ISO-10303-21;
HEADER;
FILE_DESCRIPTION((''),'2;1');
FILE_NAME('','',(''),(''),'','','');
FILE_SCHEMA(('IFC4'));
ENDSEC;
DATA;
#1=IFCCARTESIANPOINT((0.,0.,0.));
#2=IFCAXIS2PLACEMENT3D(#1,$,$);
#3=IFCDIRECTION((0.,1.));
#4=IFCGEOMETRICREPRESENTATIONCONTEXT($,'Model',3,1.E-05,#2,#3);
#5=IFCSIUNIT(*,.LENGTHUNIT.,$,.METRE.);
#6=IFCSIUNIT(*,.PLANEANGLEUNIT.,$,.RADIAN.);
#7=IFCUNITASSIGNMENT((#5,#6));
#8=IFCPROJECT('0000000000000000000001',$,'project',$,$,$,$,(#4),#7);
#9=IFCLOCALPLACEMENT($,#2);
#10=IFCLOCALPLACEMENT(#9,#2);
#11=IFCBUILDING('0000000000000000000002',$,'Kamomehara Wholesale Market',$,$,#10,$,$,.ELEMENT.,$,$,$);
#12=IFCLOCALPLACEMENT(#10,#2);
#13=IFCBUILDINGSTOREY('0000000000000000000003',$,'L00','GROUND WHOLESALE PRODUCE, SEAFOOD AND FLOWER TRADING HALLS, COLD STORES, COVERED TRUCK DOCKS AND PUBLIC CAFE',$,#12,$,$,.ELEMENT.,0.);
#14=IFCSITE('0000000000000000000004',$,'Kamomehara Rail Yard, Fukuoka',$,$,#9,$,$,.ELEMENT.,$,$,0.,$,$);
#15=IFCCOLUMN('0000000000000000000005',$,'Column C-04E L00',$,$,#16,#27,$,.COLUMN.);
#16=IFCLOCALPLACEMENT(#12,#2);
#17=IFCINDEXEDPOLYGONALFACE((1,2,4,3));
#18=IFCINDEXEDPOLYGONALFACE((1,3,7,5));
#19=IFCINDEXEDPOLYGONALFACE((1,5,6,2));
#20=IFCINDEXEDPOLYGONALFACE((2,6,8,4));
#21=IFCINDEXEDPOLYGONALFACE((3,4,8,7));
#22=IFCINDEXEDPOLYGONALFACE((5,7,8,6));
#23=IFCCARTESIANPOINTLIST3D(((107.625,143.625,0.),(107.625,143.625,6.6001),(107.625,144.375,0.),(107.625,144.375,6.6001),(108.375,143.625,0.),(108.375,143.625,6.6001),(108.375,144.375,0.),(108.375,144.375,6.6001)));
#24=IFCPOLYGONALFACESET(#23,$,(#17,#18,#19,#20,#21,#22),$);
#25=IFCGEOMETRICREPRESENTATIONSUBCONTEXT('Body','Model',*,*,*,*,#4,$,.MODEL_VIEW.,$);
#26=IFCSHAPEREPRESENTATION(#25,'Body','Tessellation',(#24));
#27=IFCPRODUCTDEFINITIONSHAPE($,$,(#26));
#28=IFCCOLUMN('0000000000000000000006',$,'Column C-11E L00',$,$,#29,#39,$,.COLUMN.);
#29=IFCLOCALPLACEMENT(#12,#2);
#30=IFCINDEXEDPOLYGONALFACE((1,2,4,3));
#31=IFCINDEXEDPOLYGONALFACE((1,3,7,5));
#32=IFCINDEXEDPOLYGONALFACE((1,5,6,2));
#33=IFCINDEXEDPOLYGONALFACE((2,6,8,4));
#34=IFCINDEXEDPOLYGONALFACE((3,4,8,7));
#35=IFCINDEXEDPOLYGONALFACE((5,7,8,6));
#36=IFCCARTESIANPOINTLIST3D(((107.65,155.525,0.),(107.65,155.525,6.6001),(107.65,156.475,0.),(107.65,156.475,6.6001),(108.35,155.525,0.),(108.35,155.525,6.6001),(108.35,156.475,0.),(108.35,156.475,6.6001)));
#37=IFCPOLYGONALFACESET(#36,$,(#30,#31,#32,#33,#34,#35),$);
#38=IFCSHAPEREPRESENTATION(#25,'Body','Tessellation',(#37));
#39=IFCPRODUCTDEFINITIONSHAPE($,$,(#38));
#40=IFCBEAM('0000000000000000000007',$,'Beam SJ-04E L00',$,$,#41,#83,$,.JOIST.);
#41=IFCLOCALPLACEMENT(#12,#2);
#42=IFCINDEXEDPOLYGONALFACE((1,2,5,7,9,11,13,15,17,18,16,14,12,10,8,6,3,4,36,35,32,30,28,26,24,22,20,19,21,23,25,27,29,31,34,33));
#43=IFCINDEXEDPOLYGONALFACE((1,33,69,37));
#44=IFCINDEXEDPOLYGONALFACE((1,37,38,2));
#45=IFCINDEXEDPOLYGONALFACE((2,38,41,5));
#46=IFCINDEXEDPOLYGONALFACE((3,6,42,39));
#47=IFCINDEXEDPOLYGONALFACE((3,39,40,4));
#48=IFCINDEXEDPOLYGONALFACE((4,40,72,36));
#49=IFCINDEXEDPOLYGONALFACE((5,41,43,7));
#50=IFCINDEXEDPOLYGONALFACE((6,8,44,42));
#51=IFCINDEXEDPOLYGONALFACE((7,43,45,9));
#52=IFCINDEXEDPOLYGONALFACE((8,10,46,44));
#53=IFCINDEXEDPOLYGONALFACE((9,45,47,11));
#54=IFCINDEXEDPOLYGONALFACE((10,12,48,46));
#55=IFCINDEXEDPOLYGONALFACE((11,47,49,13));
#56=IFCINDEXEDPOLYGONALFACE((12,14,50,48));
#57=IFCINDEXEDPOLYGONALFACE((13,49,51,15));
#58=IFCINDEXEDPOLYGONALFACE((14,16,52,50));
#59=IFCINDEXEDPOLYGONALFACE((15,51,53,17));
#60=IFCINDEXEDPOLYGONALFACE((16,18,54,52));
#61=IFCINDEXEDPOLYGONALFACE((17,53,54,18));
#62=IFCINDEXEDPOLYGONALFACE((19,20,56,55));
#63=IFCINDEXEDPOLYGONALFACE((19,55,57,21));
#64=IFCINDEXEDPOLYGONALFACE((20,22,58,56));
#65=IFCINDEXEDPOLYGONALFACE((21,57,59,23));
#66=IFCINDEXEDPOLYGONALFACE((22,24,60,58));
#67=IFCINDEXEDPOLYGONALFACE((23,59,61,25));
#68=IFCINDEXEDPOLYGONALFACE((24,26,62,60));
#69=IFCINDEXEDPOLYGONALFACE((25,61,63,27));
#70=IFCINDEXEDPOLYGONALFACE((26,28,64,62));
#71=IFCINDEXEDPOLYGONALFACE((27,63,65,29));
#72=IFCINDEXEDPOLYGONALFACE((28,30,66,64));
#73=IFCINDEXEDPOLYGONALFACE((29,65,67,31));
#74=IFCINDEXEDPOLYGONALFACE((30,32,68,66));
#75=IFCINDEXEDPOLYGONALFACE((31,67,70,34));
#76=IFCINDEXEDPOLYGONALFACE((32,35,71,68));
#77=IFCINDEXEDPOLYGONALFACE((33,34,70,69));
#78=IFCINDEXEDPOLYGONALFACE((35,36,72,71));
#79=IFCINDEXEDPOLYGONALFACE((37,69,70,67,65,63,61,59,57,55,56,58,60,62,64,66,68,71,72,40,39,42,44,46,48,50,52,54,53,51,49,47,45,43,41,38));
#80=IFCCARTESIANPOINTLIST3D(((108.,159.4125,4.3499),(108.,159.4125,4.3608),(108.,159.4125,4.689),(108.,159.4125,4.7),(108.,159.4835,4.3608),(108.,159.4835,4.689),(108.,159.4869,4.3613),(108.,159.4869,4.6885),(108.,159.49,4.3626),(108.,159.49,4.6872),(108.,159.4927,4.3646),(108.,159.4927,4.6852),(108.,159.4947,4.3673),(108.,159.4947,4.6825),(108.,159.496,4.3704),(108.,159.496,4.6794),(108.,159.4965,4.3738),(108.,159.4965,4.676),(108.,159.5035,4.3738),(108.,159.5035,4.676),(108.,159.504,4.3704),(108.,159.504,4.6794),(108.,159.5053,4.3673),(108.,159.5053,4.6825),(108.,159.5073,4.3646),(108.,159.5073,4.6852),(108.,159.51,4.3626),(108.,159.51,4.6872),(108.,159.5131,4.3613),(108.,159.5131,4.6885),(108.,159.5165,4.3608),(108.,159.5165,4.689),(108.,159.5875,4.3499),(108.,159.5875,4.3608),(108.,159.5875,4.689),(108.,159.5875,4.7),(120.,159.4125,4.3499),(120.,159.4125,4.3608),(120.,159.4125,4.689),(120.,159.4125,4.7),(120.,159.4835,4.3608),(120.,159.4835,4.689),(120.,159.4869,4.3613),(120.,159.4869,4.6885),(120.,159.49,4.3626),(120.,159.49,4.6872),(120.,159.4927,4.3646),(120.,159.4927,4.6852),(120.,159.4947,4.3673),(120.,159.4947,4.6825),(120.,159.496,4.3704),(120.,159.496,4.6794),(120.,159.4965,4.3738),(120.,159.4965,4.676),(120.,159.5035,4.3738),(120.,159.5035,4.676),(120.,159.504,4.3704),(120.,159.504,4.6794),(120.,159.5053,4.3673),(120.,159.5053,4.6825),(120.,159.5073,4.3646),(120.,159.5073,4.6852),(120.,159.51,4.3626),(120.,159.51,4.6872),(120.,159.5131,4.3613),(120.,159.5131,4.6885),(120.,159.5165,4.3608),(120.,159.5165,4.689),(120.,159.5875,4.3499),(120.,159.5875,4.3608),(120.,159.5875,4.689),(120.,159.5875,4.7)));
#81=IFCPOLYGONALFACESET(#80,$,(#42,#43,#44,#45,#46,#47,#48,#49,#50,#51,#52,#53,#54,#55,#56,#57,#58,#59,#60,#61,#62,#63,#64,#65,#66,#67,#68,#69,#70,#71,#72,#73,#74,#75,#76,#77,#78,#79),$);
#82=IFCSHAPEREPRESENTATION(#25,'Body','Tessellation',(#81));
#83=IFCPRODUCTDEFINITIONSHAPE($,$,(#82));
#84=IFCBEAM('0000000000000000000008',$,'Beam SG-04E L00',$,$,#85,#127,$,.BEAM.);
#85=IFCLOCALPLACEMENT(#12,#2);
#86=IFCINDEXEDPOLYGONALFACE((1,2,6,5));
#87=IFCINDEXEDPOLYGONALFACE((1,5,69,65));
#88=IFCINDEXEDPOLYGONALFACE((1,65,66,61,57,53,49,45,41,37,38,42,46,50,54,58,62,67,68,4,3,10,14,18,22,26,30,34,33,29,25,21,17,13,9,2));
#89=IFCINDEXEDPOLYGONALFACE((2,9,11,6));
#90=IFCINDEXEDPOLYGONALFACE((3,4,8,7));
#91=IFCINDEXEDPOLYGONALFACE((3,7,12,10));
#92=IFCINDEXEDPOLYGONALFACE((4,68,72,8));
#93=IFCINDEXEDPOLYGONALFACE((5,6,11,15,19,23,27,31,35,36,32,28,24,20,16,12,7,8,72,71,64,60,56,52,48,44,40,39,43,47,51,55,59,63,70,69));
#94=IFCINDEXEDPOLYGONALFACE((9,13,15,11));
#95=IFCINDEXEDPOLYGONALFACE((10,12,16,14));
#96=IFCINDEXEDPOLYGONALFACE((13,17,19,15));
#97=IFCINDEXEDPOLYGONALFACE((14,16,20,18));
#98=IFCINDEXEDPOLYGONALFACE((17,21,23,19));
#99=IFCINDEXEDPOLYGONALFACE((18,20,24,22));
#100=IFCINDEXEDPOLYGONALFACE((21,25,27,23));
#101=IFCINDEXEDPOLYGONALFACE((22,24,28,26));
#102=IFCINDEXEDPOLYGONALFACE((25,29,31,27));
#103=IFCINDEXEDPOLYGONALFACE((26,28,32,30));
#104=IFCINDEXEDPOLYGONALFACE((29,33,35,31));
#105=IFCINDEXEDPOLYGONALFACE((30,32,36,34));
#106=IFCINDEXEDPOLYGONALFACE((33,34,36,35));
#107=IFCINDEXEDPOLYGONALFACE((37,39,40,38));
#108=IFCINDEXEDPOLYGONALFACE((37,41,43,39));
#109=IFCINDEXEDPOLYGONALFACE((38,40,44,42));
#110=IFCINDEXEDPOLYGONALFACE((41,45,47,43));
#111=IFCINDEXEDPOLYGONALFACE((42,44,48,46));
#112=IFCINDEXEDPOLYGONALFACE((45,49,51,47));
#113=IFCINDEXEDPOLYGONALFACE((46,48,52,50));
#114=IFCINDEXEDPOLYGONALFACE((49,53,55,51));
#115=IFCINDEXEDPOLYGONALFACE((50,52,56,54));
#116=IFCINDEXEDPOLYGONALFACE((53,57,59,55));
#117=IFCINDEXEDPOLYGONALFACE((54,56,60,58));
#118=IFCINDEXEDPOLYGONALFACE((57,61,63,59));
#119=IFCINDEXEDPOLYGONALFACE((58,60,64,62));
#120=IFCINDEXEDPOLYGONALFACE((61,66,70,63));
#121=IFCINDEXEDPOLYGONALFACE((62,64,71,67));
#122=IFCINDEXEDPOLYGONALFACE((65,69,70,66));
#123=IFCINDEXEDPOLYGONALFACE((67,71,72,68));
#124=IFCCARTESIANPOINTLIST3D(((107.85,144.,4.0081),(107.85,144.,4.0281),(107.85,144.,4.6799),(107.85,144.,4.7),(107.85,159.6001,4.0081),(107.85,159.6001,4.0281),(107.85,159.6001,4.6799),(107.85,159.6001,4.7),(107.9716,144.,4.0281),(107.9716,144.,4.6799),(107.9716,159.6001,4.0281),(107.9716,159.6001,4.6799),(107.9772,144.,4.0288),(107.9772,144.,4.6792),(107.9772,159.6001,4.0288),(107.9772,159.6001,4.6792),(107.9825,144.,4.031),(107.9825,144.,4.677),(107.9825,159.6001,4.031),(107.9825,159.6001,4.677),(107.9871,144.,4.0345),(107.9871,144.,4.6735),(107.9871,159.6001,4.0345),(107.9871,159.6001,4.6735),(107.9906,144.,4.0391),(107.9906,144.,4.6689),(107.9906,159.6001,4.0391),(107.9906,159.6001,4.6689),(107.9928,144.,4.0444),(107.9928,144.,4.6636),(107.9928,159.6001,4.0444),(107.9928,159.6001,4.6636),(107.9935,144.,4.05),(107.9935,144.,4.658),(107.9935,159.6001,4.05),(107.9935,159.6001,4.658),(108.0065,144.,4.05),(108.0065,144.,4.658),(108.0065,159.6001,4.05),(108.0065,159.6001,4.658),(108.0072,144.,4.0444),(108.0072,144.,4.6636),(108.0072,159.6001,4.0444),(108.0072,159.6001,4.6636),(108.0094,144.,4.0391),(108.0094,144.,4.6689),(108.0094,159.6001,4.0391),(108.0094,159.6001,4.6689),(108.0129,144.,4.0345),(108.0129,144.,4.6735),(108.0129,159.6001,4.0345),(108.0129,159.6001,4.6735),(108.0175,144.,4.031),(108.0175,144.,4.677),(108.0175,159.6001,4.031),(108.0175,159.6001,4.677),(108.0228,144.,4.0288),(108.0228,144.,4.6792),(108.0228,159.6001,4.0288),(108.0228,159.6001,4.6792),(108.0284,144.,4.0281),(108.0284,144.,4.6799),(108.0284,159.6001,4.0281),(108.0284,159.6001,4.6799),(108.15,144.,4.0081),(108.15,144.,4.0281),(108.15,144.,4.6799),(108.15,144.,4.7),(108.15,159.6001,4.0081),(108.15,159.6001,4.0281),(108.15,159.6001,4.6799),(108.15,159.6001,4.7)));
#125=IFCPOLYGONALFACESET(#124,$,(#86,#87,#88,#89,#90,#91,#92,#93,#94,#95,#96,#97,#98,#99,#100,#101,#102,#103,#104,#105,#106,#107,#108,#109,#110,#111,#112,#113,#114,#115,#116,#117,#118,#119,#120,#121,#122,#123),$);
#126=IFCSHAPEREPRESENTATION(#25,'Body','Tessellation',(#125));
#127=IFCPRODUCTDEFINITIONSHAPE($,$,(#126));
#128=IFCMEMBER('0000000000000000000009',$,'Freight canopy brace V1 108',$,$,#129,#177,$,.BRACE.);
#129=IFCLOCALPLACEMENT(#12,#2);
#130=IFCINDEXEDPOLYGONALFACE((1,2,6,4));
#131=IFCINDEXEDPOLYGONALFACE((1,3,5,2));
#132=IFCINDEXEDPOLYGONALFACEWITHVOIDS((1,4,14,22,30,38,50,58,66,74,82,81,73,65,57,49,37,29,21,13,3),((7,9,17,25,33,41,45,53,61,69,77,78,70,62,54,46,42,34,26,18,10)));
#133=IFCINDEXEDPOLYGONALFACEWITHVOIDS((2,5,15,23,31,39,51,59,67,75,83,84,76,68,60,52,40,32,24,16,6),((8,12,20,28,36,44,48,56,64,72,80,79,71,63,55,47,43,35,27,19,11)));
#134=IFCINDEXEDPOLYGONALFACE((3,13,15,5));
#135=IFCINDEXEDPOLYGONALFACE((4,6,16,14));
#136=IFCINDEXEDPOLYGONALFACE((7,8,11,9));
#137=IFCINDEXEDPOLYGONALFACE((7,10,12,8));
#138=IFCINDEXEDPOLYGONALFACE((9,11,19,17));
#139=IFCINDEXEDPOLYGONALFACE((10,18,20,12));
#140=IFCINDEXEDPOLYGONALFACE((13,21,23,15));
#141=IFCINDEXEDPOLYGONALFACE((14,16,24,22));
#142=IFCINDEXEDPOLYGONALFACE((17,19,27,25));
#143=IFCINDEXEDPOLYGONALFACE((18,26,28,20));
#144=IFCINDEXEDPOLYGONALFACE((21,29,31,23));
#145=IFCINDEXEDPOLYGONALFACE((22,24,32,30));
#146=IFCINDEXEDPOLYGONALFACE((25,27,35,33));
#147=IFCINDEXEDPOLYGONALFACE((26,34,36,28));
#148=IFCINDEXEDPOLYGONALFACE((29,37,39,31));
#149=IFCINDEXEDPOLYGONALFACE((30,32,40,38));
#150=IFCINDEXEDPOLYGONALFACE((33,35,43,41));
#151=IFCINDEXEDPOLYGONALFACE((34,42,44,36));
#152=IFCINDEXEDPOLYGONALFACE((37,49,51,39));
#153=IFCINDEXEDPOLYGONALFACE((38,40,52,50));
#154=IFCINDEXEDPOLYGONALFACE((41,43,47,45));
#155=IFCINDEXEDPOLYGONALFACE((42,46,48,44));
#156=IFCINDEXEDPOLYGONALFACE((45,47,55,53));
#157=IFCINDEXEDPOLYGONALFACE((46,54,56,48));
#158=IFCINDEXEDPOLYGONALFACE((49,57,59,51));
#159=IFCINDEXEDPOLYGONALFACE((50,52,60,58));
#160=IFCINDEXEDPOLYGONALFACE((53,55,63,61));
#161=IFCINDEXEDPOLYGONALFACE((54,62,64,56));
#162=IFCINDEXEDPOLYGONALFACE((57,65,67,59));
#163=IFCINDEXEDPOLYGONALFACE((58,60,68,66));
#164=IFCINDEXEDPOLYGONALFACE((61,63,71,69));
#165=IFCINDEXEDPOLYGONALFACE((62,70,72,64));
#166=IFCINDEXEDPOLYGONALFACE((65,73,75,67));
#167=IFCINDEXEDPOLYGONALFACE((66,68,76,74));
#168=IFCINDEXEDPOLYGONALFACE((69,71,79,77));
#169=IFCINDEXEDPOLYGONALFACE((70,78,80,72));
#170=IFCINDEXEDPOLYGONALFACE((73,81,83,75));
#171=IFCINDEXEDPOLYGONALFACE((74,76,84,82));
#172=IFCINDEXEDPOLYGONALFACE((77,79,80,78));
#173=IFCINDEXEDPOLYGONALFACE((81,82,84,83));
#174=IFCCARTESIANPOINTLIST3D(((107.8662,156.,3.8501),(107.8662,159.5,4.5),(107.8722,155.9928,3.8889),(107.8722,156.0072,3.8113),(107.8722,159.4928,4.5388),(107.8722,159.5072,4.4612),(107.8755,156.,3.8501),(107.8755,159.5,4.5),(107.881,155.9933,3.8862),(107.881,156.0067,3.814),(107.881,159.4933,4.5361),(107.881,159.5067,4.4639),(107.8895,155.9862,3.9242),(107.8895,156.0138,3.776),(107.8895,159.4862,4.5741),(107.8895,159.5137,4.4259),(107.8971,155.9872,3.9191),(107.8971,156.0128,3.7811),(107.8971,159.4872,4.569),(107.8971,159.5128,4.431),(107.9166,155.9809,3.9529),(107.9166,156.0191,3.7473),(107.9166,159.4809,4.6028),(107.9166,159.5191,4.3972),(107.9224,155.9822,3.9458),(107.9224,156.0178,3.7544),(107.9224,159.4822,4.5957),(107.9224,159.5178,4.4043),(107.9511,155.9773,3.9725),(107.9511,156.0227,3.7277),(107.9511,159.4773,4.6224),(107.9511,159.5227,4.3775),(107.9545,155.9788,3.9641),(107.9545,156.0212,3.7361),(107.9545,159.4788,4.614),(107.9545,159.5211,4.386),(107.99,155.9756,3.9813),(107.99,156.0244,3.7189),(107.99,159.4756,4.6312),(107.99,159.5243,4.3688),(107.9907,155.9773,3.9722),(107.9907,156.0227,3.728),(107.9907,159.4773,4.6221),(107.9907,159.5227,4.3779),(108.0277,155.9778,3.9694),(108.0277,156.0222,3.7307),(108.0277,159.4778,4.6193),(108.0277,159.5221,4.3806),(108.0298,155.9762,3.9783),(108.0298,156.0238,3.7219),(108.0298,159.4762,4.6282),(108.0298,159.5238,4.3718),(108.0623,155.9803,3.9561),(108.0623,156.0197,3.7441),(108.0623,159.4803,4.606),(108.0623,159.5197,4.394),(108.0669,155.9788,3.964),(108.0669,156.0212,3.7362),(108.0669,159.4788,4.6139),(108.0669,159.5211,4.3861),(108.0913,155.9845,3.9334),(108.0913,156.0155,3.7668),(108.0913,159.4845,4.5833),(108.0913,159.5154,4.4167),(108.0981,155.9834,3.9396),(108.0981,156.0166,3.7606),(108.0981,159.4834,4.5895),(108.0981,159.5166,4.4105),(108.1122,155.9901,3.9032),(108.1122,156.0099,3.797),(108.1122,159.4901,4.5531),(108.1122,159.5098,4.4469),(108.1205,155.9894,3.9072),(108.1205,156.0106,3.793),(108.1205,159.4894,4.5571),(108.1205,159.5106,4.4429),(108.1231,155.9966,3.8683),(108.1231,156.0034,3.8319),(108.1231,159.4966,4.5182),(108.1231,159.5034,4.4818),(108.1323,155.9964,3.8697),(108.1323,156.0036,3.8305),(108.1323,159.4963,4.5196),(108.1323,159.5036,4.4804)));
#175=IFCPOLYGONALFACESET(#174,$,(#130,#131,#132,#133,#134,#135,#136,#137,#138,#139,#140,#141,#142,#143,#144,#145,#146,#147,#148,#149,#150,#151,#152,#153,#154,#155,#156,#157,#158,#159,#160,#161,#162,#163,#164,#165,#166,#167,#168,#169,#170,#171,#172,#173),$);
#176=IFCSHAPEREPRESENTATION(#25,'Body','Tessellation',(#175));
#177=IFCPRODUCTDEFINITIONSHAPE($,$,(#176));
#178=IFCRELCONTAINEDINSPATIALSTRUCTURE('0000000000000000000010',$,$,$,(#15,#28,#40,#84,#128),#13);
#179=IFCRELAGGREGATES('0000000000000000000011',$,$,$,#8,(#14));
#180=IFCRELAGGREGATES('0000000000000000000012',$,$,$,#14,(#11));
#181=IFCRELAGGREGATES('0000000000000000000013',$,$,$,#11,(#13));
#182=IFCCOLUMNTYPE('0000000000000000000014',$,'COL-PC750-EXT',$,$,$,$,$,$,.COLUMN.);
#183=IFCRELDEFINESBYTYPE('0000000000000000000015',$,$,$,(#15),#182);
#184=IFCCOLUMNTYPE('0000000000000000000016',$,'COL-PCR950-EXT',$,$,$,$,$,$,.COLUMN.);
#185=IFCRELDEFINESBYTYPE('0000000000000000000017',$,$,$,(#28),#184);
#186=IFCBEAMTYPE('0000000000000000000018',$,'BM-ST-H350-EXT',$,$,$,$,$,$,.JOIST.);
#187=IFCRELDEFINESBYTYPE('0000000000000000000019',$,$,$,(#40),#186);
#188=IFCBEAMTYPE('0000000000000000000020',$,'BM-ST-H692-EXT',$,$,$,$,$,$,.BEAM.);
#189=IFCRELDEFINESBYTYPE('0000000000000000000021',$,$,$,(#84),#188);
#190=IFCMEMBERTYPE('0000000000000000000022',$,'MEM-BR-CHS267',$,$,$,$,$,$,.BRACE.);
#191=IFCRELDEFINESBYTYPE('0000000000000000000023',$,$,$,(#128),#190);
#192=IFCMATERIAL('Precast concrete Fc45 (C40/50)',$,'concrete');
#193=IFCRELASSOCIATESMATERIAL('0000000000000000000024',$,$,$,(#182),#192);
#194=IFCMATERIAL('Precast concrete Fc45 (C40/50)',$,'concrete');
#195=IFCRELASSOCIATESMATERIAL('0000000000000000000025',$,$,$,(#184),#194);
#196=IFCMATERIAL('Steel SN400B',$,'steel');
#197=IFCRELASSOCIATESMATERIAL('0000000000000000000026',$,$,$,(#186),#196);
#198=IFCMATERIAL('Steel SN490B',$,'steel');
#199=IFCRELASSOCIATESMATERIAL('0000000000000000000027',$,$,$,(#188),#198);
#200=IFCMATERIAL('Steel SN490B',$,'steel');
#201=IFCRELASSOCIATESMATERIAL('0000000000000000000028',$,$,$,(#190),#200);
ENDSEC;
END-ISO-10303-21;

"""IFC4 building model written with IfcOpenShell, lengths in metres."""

from ifc_helpers import new_model, si_unit, direction, frame, origin, origin_2d, place, context, subcontext, project, spatial, rectangle, hollow_circle, i_section, extrude, material, material_profile, profile_set, type_object, element, save


model = new_model("IFC4")

# Units and contexts
model_context = context("Model", 3, precision=1e-05, world=origin(), true_north=direction((0.0, 1.0)))
body_context = subcontext(model_context, "Body", "Model", "MODEL_VIEW")
ifc_project = project(units=[si_unit("LENGTHUNIT", "METRE"), si_unit("PLANEANGLEUNIT", "RADIAN")], contexts=[model_context])

# Site, building, storey
site_placement = place(None, origin())
site = spatial("IfcSite", under=ifc_project, at=site_placement, Name="Kamomehara Rail Yard, Fukuoka", CompositionType="ELEMENT", RefElevation=0.0)
building_placement = place(site_placement, origin())
building = spatial("IfcBuilding", under=site, at=building_placement, Name="Kamomehara Wholesale Market", CompositionType="ELEMENT")
storey_placement = place(building_placement, origin())
storey = spatial("IfcBuildingStorey", under=building, at=storey_placement, Name="L00", Description="GROUND WHOLESALE PRODUCE, SEAFOOD AND FLOWER TRADING HALLS, COLD STORES, COVERED TRUCK DOCKS AND PUBLIC CAFE", CompositionType="ELEMENT", Elevation=0.0)

# Columns
ifc_material_1 = material(Name="Precast concrete Fc45 (C40/50)", Category="concrete")
ifc_material_profile_1 = material_profile(ifc_material_1, rectangle(XDim=0.75, YDim=0.75, at=origin_2d()), Name="PC-COL-750x750")
ifc_profile_set_1 = profile_set([ifc_material_profile_1], Name="Precast concrete Fc45 (C40/50)")
column_type_1 = type_object("IfcColumnType", Name="COL-PC750-EXT", PredefinedType="COLUMN", material=ifc_profile_set_1)
column_1_placement = place(storey_placement, frame((108.0, 144.0, 0.0), z_axis=(0.0, 0.0, 1.0), x_axis=(1.0, 0.0, 0.0)))
element("IfcColumn", 1, at=column_1_placement, inside=storey, type_object=column_type_1, Name="Column C-04E L00", PredefinedType="COLUMN", context=body_context, shape_type="SweptSolid", body=[
    extrude(rectangle(XDim=0.75, YDim=0.75, at=origin_2d()), origin(), (0.0, 0.0, 1.0), 6.6001),
])
ifc_material_2 = material(Name="Precast concrete Fc45 (C40/50)", Category="concrete")
ifc_material_profile_2 = material_profile(ifc_material_2, rectangle(XDim=0.7, YDim=0.95, at=origin_2d()), Name="PC-COL-700x950")
ifc_profile_set_2 = profile_set([ifc_material_profile_2], Name="Precast concrete Fc45 (C40/50)")
column_type_2 = type_object("IfcColumnType", Name="COL-PCR950-EXT", PredefinedType="COLUMN", material=ifc_profile_set_2)
column_2_placement = place(storey_placement, frame((108.0, 156.0, 0.0), z_axis=(0.0, 0.0, 1.0), x_axis=(1.0, 0.0, 0.0)))
element("IfcColumn", 2, at=column_2_placement, inside=storey, type_object=column_type_2, Name="Column C-11E L00", PredefinedType="COLUMN", context=body_context, shape_type="SweptSolid", body=[
    extrude(rectangle(XDim=0.7, YDim=0.95, at=origin_2d()), origin(), (0.0, 0.0, 1.0), 6.6001),
])

# Beams
ifc_material_3 = material(Name="Steel SN400B", Category="steel")
ifc_material_profile_3 = material_profile(ifc_material_3, i_section(OverallWidth=0.175, OverallDepth=0.3501, WebThickness=0.0071, FlangeThickness=0.011, FilletRadius=0.0129, at=origin_2d()), Name="H-350x175x7x11")
ifc_profile_set_3 = profile_set([ifc_material_profile_3], Name="Steel SN400B")
beam_type_1 = type_object("IfcBeamType", Name="BM-ST-H350-EXT", PredefinedType="JOIST", material=ifc_profile_set_3)
beam_1_placement = place(storey_placement, frame((108.0, 159.5, 4.5249), z_axis=(1.0, 0.0, 0.0), x_axis=(0.0, 1.0, 0.0)))
element("IfcBeam", 3, at=beam_1_placement, inside=storey, type_object=beam_type_1, Name="Beam SJ-04E L00", PredefinedType="JOIST", context=body_context, shape_type="SweptSolid", body=[
    extrude(i_section(OverallWidth=0.175, OverallDepth=0.3501, WebThickness=0.0071, FlangeThickness=0.011, FilletRadius=0.0129, at=origin_2d()), origin(), (0.0, 0.0, 1.0), 12.0),
])
ifc_material_4 = material(Name="Steel SN490B", Category="steel")
ifc_material_profile_4 = material_profile(ifc_material_4, i_section(OverallWidth=0.3, OverallDepth=0.6919, WebThickness=0.0129, FlangeThickness=0.02, FilletRadius=0.022, at=origin_2d()), Name="H-692x300x13x20")
ifc_profile_set_4 = profile_set([ifc_material_profile_4], Name="Steel SN490B")
beam_type_2 = type_object("IfcBeamType", Name="BM-ST-H692-EXT", PredefinedType="BEAM", material=ifc_profile_set_4)
beam_2_placement = place(storey_placement, frame((108.0, 144.0, 4.354), z_axis=(0.0, 1.0, 0.0), x_axis=(-1.0, 0.0, 0.0)))
element("IfcBeam", 4, at=beam_2_placement, inside=storey, type_object=beam_type_2, Name="Beam SG-04E L00", PredefinedType="BEAM", context=body_context, shape_type="SweptSolid", body=[
    extrude(i_section(OverallWidth=0.3, OverallDepth=0.6919, WebThickness=0.0129, FlangeThickness=0.02, FilletRadius=0.022, at=origin_2d()), origin(), (0.0, 0.0, 1.0), 15.6001),
])

# Member
ifc_material_5 = material(Name="Steel SN490B", Category="steel")
ifc_material_profile_5 = material_profile(ifc_material_5, hollow_circle(Radius=0.1338, WallThickness=0.0093, at=origin_2d()), Name="CHS-267.4x9.3")
ifc_profile_set_5 = profile_set([ifc_material_profile_5], Name="Steel SN490B")
member_type_1 = type_object("IfcMemberType", Name="MEM-BR-CHS267", PredefinedType="BRACE", material=ifc_profile_set_5)
member_1_placement = place(storey_placement, frame((108.0, 156.0, 3.8501), z_axis=(0.0, 0.983194, 0.182566), x_axis=(-1.0, 0.0, 0.0)))
element("IfcMember", 5, at=member_1_placement, inside=storey, type_object=member_type_1, Name="Freight canopy brace V1 108", PredefinedType="BRACE", context=body_context, shape_type="SweptSolid", body=[
    extrude(hollow_circle(Radius=0.1338, WallThickness=0.0093, at=origin_2d()), origin(), (0.0, 0.0, 1.0), 3.5598),
])

save(model, "model.ifc")
